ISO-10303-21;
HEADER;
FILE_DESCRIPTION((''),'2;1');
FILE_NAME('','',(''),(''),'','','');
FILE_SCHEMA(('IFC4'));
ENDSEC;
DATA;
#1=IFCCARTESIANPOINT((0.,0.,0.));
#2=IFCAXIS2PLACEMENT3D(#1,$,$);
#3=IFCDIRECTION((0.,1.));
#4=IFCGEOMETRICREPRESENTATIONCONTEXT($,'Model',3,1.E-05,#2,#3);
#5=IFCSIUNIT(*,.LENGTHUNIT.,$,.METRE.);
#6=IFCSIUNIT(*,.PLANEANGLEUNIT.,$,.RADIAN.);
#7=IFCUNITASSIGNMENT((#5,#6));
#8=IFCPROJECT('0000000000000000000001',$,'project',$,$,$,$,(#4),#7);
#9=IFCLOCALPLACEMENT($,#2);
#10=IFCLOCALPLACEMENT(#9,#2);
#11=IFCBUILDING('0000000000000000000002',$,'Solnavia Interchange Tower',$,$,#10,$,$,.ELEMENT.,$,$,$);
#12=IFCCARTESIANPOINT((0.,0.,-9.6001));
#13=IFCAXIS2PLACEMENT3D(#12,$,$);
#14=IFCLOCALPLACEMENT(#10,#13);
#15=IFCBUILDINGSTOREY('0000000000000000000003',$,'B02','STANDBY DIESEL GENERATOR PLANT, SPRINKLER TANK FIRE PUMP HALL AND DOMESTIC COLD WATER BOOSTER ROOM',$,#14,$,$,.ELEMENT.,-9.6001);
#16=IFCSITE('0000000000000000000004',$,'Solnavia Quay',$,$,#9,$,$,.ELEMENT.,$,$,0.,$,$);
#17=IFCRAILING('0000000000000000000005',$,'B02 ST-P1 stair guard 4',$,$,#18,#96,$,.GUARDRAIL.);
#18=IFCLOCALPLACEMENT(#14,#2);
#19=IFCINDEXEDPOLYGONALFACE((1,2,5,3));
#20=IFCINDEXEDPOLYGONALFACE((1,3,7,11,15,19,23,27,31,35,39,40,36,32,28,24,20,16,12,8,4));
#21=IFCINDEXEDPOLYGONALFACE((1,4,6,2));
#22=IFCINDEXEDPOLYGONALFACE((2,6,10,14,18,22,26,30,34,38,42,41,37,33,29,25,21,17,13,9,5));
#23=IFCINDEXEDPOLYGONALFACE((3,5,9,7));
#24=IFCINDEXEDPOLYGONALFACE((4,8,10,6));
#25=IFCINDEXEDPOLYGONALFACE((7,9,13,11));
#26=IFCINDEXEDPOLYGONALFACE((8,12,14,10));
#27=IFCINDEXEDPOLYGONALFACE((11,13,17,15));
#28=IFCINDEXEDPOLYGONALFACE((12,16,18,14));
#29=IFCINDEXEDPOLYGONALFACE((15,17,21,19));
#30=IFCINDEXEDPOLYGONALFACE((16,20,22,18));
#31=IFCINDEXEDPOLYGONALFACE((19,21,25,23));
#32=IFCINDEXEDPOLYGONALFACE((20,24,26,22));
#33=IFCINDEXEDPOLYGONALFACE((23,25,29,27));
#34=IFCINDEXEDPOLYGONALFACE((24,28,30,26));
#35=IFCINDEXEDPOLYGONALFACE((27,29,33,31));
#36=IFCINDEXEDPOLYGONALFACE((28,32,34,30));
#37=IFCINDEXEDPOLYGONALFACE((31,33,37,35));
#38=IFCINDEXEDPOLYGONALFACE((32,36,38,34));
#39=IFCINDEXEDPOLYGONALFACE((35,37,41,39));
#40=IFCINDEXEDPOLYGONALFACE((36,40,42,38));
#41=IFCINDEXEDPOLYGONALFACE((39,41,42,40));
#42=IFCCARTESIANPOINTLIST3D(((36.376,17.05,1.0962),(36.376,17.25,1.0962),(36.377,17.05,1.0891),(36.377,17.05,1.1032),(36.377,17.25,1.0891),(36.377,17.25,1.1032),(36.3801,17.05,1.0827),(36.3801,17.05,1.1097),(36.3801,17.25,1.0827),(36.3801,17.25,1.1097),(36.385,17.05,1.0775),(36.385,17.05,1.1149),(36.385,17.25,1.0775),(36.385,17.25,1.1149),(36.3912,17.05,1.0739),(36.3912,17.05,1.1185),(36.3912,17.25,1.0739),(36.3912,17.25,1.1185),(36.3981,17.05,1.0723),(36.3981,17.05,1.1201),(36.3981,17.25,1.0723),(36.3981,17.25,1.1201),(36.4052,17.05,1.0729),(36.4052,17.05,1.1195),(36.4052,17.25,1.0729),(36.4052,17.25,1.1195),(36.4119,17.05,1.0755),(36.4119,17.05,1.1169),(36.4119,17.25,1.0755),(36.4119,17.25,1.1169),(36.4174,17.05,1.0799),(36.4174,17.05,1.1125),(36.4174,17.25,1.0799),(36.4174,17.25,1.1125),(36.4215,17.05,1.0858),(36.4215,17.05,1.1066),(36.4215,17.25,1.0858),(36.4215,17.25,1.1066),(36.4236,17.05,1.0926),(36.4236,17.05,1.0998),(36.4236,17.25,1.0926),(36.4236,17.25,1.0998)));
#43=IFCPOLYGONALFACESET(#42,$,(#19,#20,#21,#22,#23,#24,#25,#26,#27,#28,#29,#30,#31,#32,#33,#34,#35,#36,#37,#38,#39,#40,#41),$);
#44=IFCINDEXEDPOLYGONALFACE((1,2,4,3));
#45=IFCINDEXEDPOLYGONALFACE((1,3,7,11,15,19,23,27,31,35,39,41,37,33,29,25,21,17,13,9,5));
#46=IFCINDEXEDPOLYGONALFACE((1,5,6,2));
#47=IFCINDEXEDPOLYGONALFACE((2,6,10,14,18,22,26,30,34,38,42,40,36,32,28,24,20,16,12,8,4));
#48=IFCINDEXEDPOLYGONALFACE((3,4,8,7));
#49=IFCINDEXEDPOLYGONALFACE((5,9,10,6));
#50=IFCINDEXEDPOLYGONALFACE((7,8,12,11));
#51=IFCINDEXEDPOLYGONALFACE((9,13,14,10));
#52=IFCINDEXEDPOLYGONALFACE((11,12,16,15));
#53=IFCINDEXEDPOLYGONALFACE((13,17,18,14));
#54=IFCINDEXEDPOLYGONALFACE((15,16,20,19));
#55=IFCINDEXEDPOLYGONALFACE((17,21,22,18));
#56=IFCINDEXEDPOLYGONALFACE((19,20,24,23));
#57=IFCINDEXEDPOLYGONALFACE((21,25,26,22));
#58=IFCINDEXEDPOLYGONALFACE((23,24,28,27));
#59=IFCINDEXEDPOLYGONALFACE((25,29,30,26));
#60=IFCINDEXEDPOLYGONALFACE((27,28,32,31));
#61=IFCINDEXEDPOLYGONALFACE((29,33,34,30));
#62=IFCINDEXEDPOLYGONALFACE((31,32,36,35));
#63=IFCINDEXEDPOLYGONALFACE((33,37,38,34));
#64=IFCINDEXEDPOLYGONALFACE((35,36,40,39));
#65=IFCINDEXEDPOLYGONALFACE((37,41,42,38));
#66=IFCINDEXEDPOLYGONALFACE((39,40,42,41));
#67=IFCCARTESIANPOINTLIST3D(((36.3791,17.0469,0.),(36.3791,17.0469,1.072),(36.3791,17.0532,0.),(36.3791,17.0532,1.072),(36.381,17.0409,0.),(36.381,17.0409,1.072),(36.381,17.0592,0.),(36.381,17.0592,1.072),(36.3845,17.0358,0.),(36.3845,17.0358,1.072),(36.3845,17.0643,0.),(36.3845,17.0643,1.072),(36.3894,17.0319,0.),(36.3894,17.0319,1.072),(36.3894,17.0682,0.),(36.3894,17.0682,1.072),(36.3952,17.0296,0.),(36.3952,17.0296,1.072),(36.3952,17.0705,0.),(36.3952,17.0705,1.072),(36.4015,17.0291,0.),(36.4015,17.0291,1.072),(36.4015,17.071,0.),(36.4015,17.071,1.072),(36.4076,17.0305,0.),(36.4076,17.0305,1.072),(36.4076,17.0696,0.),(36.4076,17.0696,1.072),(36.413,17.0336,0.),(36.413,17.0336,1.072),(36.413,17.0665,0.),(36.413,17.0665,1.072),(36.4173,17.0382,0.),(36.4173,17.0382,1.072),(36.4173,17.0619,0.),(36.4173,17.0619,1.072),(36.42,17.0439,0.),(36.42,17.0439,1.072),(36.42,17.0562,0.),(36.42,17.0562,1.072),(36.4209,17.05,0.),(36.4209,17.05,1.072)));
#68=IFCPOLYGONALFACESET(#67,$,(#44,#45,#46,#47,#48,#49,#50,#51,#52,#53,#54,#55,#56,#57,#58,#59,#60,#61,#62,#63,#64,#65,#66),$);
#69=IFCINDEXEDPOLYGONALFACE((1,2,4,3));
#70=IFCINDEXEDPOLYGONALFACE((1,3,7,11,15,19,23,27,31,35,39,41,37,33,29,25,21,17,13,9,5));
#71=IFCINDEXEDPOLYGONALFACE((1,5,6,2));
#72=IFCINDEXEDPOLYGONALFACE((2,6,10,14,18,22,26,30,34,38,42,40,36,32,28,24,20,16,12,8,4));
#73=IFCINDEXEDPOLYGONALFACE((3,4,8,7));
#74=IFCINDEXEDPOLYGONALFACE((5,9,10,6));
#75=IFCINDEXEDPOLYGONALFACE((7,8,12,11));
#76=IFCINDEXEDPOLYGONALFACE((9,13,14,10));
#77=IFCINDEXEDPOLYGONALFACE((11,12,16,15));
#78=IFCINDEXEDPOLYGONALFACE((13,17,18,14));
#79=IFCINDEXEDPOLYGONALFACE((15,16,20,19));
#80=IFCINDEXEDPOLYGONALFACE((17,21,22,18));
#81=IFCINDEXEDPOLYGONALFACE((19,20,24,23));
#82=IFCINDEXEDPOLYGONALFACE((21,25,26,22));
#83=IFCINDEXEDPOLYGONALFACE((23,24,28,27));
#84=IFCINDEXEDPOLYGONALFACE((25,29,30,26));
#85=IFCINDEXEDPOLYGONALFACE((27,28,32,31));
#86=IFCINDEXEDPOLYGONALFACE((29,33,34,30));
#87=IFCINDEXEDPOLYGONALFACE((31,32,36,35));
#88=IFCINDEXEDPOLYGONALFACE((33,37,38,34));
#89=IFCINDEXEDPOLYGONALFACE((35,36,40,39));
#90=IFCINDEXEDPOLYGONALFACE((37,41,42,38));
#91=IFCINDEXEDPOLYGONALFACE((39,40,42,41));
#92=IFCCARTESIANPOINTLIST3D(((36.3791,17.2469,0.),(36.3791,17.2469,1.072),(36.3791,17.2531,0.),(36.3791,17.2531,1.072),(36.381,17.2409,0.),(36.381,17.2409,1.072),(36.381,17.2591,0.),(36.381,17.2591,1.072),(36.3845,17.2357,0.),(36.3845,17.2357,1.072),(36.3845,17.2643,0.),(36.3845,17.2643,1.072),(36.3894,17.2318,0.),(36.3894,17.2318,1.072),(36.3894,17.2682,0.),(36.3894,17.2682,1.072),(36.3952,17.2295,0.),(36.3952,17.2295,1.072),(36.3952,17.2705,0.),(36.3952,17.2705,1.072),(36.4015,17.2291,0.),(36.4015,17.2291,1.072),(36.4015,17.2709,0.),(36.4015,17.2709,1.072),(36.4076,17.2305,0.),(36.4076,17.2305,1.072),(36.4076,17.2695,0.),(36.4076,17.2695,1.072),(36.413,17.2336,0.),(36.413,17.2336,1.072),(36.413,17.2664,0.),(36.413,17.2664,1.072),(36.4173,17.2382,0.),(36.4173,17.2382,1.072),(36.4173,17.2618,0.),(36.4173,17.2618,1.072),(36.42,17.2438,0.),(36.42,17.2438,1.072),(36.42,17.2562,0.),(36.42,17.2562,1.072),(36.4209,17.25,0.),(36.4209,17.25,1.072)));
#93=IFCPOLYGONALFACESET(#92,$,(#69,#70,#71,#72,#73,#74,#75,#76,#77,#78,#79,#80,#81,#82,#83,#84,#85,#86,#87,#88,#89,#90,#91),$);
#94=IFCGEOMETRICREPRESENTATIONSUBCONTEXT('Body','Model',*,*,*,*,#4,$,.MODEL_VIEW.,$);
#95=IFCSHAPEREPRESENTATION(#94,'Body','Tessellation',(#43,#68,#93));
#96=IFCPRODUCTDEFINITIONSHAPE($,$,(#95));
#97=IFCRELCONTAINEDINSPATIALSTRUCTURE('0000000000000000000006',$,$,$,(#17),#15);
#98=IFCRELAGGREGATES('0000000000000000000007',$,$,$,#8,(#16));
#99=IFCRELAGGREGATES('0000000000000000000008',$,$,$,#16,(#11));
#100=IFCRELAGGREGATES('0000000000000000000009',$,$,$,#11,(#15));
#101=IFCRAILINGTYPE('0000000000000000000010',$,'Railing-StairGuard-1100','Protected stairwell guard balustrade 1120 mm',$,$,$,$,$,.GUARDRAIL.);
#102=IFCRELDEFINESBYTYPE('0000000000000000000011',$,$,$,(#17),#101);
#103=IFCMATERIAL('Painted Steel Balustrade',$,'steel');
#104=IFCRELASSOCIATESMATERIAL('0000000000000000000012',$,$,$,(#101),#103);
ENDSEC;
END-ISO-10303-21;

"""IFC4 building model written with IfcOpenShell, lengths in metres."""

from ifc_helpers import new_model, si_unit, direction, frame, origin, origin_2d, place, context, subcontext, project, spatial, circle, extrude, material, type_object, element, save


model = new_model("IFC4")

# Units and contexts
model_context = context("Model", 3, precision=1e-05, world=origin(), true_north=direction((0.0, 1.0)))
body_context = subcontext(model_context, "Body", "Model", "MODEL_VIEW")
ifc_project = project(units=[si_unit("LENGTHUNIT", "METRE"), si_unit("PLANEANGLEUNIT", "RADIAN")], contexts=[model_context])

# Site, building, storey
site_placement = place(None, origin())
site = spatial("IfcSite", under=ifc_project, at=site_placement, Name="Solnavia Quay", CompositionType="ELEMENT", RefElevation=0.0)
building_placement = place(site_placement, origin())
building = spatial("IfcBuilding", under=site, at=building_placement, Name="Solnavia Interchange Tower", CompositionType="ELEMENT")
storey_placement = place(building_placement, frame((0.0, 0.0, -9.6001)))
storey = spatial("IfcBuildingStorey", under=building, at=storey_placement, Name="B02", Description="STANDBY DIESEL GENERATOR PLANT, SPRINKLER TANK FIRE PUMP HALL AND DOMESTIC COLD WATER BOOSTER ROOM", CompositionType="ELEMENT", Elevation=-9.6001)

# Railing
ifc_material_1 = material(Name="Painted Steel Balustrade", Category="steel")
railing_type_1 = type_object("IfcRailingType", Name="Railing-StairGuard-1100", Description="Protected stairwell guard balustrade 1120 mm", PredefinedType="GUARDRAIL", material=ifc_material_1)
railing_1_placement = place(storey_placement, frame((36.3999, 17.05, 0.0)))
element("IfcRailing", 1, at=railing_1_placement, inside=storey, type_object=railing_type_1, Name="B02 ST-P1 stair guard 4", PredefinedType="GUARDRAIL", context=body_context, shape_type="SweptSolid", body=[
    extrude(circle(Radius=0.0239, at=origin_2d()), frame((0.0, 0.0, 1.0962), z_axis=(0.0, 1.0, 0.0), x_axis=(-1.0, 0.0, 0.0)), (0.0, 0.0, 1.0), 0.2),
    extrude(circle(Radius=0.021, at=origin_2d()), origin(), (0.0, 0.0, 1.0), 1.072),
    extrude(circle(Radius=0.021, at=origin_2d()), frame((0.0, 0.2, 0.0)), (0.0, 0.0, 1.0), 1.072),
])

save(model, "model.ifc")
